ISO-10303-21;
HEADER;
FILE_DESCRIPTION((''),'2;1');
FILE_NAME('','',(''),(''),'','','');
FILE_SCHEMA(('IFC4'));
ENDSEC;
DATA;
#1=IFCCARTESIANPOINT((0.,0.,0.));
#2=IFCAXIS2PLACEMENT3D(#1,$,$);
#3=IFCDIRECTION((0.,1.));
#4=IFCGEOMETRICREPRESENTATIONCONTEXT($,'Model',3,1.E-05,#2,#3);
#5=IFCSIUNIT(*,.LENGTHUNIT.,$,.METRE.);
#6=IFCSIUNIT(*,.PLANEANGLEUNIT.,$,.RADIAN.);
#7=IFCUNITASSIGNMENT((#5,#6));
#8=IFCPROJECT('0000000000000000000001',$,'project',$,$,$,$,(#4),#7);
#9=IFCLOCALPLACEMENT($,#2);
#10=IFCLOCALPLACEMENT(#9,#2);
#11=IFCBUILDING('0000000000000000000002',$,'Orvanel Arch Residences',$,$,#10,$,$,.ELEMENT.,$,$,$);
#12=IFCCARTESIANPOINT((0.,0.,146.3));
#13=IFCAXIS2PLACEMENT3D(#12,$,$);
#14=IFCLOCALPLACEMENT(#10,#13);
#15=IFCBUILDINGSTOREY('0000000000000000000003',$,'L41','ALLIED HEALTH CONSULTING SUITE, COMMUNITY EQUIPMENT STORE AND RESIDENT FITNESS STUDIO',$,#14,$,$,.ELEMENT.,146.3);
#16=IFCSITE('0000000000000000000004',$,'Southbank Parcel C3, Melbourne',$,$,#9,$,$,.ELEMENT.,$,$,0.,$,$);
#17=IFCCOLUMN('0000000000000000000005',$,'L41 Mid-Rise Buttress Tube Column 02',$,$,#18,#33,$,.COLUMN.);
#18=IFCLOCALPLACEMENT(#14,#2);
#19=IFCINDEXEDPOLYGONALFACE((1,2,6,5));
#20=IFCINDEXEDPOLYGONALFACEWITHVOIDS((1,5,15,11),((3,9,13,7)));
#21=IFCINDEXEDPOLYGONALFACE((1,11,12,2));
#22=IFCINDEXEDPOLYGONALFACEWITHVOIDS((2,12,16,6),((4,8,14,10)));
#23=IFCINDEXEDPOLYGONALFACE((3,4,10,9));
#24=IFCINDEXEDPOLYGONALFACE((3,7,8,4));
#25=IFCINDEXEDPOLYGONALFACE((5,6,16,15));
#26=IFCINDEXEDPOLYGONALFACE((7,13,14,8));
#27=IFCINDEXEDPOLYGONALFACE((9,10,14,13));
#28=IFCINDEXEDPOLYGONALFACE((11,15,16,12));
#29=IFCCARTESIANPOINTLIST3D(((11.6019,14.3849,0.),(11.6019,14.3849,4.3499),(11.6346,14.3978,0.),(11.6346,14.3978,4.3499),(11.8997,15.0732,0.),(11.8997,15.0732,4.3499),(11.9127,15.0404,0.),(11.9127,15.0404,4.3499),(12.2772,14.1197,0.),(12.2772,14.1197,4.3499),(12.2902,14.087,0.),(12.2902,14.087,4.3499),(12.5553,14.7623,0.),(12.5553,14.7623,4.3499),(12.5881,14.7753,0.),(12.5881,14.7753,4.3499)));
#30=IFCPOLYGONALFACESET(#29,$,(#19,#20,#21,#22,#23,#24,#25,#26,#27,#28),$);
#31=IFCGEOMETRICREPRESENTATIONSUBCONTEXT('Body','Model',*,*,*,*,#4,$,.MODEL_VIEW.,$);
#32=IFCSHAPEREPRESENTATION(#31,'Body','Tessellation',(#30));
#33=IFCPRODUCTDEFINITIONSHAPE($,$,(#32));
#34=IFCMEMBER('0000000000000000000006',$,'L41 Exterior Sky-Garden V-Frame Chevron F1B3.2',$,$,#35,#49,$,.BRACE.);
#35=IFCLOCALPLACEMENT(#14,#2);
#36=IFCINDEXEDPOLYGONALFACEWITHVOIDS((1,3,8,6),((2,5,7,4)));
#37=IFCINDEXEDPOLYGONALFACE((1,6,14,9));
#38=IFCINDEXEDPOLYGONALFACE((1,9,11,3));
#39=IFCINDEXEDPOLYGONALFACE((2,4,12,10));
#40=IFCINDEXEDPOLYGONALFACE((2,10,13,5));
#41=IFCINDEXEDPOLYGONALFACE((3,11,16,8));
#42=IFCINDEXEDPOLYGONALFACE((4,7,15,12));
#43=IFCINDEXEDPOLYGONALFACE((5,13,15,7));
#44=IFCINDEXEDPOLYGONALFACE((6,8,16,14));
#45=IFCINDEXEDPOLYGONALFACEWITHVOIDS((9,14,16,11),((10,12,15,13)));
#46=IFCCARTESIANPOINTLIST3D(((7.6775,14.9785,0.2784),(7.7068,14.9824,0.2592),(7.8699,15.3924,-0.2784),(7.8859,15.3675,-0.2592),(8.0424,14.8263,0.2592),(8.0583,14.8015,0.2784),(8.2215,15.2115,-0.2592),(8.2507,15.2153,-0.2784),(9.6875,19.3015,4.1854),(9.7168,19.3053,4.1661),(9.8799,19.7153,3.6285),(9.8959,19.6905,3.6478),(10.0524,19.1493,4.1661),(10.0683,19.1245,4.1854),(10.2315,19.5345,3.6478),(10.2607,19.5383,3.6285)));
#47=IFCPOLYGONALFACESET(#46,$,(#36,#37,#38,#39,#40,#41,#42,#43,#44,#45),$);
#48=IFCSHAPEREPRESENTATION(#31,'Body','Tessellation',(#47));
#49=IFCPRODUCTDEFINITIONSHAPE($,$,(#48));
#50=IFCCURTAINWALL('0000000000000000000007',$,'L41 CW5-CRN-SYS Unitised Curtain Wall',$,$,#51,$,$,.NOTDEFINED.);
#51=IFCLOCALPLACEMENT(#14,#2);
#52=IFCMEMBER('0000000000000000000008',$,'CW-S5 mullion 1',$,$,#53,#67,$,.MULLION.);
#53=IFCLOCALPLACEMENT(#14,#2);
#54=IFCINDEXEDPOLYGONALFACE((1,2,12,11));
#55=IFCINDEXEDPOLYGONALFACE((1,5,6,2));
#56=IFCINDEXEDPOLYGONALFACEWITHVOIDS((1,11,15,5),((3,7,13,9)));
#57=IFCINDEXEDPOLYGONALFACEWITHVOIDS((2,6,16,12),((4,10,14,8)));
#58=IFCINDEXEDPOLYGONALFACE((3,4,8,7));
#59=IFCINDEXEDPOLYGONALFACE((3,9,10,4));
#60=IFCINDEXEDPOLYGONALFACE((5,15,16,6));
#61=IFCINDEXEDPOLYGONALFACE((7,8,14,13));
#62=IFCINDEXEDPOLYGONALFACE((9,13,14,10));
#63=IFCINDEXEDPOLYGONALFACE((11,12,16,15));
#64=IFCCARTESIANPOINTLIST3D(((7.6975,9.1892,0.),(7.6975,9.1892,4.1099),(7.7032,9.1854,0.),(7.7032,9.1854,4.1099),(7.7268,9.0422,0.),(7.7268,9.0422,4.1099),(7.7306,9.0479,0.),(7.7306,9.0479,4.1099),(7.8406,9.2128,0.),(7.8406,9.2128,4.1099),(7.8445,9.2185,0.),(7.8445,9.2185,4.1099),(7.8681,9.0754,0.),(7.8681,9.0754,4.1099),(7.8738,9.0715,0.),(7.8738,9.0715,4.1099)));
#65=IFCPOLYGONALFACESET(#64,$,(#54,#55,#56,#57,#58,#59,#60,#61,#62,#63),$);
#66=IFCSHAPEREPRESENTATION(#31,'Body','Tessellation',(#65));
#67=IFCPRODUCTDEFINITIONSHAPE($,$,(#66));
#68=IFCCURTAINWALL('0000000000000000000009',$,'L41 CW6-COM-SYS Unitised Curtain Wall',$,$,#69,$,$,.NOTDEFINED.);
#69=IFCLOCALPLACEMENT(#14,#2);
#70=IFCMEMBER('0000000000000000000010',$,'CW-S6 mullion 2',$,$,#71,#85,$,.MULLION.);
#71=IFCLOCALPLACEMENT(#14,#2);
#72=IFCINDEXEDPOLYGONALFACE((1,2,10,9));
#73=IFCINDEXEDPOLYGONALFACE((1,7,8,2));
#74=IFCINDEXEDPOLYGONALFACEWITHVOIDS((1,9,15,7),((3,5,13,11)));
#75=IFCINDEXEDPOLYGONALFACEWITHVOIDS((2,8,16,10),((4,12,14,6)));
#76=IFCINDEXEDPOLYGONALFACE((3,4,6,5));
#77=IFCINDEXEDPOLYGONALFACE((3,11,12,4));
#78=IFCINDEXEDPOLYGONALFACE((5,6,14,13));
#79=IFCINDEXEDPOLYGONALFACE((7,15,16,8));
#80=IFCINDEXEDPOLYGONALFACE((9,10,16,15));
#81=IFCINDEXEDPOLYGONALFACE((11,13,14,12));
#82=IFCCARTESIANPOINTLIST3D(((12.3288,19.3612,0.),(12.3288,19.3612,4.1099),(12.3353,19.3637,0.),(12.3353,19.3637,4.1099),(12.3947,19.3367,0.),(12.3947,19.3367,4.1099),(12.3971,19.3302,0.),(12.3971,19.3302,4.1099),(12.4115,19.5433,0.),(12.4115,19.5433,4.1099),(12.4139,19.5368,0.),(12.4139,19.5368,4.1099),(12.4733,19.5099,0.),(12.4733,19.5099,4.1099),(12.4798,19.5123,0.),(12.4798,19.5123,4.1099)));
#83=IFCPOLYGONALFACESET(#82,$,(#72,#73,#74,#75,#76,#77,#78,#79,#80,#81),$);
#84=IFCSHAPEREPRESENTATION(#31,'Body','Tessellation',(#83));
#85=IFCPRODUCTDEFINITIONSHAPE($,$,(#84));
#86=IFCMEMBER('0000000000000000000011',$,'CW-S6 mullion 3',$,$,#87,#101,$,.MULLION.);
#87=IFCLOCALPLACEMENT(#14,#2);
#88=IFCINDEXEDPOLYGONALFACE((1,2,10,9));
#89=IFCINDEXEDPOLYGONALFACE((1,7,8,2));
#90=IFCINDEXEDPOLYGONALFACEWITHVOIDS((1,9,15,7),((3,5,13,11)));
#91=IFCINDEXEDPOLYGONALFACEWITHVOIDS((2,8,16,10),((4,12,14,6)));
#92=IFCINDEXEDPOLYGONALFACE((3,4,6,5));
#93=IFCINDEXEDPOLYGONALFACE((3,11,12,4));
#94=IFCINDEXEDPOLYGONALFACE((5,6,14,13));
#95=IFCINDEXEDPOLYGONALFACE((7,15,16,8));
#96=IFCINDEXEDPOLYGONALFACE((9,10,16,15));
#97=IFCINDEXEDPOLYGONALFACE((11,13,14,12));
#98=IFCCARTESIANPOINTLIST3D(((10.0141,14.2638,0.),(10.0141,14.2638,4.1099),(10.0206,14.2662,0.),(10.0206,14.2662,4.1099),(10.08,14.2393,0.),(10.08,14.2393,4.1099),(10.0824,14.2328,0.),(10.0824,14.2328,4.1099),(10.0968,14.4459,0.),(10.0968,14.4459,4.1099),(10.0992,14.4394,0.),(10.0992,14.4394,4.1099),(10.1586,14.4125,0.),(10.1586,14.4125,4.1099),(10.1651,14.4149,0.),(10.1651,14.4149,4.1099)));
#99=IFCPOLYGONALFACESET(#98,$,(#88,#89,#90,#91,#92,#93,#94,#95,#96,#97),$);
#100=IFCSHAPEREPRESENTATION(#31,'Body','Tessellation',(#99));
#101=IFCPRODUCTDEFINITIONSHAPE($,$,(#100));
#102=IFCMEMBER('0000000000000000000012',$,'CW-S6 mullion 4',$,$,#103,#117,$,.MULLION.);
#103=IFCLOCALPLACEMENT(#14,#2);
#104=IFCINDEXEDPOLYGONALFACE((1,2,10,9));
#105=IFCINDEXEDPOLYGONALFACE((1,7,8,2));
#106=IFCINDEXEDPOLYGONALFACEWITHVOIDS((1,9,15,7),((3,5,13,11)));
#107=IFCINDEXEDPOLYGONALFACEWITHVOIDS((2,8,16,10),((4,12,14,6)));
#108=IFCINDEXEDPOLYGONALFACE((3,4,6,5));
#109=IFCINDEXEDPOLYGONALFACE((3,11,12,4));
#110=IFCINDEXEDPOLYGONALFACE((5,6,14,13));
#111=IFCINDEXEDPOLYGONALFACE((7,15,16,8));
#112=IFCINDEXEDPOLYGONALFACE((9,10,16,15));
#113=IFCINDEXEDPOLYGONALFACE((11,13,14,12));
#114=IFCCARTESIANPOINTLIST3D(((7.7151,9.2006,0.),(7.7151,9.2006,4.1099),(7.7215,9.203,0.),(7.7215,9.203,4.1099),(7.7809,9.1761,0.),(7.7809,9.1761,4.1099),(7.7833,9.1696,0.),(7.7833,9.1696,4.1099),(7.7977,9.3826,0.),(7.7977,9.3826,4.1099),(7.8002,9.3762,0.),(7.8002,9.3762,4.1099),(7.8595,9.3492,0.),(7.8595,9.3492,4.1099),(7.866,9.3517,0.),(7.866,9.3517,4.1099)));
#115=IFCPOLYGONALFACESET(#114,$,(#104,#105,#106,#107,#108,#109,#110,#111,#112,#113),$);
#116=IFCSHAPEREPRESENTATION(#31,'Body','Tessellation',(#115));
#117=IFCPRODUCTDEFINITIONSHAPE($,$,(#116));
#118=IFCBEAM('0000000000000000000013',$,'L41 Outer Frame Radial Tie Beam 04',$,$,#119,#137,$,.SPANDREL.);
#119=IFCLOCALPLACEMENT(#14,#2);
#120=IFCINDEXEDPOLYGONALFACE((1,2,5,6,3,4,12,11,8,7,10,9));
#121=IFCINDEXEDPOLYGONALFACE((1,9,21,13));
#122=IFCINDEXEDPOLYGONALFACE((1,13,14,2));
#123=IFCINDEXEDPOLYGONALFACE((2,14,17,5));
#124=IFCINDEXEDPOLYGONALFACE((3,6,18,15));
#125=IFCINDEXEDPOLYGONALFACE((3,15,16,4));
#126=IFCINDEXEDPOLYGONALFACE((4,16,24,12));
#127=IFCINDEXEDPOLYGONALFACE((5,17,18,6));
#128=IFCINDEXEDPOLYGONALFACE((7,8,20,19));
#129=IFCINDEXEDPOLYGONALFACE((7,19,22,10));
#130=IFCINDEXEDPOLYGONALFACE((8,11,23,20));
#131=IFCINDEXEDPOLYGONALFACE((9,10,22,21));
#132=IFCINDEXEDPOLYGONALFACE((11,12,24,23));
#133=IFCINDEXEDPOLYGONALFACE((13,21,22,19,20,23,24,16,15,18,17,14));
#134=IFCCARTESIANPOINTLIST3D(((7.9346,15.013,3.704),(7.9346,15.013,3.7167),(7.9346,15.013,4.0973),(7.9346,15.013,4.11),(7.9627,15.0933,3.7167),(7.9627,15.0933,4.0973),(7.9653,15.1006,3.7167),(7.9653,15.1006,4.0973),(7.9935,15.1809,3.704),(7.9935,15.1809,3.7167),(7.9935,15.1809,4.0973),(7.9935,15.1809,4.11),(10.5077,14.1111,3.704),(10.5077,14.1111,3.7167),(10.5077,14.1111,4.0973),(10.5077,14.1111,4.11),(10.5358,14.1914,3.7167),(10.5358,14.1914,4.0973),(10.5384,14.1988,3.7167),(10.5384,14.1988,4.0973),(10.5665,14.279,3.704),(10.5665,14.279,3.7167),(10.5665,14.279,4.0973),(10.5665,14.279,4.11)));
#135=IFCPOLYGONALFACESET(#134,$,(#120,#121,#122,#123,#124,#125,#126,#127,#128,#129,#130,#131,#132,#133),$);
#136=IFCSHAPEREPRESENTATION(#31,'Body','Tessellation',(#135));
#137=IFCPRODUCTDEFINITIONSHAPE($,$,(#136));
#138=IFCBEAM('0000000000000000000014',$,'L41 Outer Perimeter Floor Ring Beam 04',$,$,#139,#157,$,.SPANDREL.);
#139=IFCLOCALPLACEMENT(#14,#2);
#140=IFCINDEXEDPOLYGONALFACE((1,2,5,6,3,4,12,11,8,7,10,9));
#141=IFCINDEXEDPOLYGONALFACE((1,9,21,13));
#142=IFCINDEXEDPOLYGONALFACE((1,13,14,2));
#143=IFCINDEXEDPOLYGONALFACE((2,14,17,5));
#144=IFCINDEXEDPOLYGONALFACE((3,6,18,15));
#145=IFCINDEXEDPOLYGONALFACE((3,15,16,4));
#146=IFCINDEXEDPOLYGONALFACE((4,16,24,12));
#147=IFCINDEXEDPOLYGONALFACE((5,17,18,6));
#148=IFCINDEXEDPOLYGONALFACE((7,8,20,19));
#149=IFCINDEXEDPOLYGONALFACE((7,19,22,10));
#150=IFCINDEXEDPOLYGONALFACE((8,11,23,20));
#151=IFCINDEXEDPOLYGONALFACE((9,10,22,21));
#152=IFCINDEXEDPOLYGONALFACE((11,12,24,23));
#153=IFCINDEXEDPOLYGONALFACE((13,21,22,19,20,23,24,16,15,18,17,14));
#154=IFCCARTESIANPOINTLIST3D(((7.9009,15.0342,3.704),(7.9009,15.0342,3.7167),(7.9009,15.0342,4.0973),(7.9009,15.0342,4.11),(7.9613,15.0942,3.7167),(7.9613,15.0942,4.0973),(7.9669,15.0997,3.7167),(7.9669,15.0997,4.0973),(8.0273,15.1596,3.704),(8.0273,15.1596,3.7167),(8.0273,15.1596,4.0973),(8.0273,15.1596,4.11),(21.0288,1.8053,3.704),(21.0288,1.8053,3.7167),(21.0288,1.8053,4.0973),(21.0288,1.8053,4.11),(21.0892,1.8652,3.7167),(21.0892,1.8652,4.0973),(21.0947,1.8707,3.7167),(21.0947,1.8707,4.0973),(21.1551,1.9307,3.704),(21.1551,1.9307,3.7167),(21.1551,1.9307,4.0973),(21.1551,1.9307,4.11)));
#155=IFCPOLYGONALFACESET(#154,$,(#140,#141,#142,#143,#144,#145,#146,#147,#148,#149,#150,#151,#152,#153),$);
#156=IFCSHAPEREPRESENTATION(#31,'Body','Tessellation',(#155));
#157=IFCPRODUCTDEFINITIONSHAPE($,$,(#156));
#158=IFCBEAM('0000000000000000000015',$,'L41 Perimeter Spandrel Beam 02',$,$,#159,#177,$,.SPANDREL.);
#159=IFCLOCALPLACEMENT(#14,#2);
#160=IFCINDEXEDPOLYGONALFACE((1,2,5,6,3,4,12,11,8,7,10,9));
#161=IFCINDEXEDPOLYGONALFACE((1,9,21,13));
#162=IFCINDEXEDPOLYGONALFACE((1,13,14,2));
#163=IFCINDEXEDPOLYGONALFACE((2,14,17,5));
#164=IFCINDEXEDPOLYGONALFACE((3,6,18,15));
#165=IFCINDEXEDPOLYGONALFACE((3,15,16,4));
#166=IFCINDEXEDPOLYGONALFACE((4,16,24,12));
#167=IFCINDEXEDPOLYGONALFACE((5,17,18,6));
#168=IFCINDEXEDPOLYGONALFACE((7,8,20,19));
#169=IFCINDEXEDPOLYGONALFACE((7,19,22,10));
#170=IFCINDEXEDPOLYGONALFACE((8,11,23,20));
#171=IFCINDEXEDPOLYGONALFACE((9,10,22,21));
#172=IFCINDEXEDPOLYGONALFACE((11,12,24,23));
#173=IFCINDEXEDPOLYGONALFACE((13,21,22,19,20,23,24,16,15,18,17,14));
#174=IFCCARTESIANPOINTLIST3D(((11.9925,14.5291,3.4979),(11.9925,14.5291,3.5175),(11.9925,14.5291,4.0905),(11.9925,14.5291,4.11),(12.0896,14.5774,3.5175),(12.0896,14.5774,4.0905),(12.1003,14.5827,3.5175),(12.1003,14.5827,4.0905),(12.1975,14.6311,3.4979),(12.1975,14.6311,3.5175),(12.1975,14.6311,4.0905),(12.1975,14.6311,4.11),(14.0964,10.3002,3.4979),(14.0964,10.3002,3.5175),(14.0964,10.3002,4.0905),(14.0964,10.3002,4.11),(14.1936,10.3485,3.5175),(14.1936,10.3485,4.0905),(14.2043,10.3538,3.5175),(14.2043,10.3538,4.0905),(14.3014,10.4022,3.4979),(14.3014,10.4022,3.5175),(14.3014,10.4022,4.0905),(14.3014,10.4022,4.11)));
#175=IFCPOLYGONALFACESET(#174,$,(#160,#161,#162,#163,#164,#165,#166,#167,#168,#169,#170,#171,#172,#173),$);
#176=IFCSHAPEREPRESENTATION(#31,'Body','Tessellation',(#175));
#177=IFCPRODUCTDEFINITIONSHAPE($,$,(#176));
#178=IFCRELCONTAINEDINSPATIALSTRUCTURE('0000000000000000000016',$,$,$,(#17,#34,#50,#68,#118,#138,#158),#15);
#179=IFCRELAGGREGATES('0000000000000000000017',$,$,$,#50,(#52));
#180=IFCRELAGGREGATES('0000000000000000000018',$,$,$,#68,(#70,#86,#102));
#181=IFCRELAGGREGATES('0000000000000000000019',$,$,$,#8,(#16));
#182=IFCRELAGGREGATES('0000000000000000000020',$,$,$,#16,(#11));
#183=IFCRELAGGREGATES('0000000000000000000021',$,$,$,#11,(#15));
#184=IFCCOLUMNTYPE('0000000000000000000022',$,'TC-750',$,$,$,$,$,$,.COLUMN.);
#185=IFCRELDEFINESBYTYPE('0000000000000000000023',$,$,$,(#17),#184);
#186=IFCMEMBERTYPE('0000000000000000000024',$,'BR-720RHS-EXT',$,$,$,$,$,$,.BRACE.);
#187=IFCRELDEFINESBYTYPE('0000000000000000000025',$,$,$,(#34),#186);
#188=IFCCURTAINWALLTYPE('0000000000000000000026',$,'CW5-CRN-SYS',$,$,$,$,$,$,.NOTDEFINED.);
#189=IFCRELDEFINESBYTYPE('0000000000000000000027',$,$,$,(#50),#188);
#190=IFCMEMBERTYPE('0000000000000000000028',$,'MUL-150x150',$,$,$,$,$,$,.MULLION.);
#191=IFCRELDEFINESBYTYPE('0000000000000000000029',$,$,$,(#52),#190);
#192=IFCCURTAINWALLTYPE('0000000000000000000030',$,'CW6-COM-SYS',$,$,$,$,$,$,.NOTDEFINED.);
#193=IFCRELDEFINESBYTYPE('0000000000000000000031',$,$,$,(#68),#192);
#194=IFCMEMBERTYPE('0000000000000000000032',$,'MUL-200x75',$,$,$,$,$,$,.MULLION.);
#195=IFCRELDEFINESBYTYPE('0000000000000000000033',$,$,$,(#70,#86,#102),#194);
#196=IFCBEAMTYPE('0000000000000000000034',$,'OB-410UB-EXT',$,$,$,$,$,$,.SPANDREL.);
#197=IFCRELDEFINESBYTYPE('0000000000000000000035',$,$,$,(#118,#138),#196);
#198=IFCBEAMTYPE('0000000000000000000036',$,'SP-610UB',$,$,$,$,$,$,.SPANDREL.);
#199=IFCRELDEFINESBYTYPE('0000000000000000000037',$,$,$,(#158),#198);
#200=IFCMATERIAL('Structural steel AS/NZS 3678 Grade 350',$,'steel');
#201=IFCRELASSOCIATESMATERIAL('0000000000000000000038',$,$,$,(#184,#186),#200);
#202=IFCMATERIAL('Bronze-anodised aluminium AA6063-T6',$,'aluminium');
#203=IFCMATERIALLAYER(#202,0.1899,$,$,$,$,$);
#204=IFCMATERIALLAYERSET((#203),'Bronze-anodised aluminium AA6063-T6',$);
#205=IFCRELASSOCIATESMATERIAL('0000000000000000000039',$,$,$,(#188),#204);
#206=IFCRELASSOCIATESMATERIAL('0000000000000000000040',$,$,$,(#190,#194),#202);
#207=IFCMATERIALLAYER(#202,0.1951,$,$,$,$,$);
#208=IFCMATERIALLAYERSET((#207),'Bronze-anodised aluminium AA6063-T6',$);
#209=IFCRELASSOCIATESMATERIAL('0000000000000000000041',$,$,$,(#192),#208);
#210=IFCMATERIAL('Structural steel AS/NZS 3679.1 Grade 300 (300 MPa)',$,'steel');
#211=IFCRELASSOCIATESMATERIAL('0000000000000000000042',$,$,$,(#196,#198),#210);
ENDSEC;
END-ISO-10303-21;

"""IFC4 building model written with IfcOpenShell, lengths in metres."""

from ifc_helpers import new_model, si_unit, direction, frame, origin, origin_2d, place, context, subcontext, project, spatial, hollow_rectangle, i_section, extrude, material, layer, layer_set, material_profile, profile_set, type_object, element, aggregate, save


model = new_model("IFC4")

# Units and contexts
model_context = context("Model", 3, precision=1e-05, world=origin(), true_north=direction((0.0, 1.0)))
body_context = subcontext(model_context, "Body", "Model", "MODEL_VIEW")
ifc_project = project(units=[si_unit("LENGTHUNIT", "METRE"), si_unit("PLANEANGLEUNIT", "RADIAN")], contexts=[model_context])

# Site, building, storey
site_placement = place(None, origin())
site = spatial("IfcSite", under=ifc_project, at=site_placement, Name="Southbank Parcel C3, Melbourne", CompositionType="ELEMENT", RefElevation=0.0)
building_placement = place(site_placement, origin())
building = spatial("IfcBuilding", under=site, at=building_placement, Name="Orvanel Arch Residences", CompositionType="ELEMENT")
storey_placement = place(building_placement, frame((0.0, 0.0, 146.3)))
storey = spatial("IfcBuildingStorey", under=building, at=storey_placement, Name="L41", Description="ALLIED HEALTH CONSULTING SUITE, COMMUNITY EQUIPMENT STORE AND RESIDENT FITNESS STUDIO", CompositionType="ELEMENT", Elevation=146.3)

# Column
ifc_material_1 = material(Name="Structural steel AS/NZS 3678 Grade 350", Category="steel")
ifc_material_profile_1 = material_profile(ifc_material_1, hollow_rectangle(XDim=0.75, YDim=0.75, WallThickness=0.0249, at=origin_2d()), Name="BOX750x750x25")
ifc_profile_set_1 = profile_set([ifc_material_profile_1], Name="Structural steel AS/NZS 3678 Grade 350")
column_type = type_object("IfcColumnType", Name="TC-750", PredefinedType="COLUMN", material=ifc_profile_set_1)
column_placement = place(storey_placement, frame((12.095, 14.5801, 0.0), z_axis=(0.0, 0.0, 1.0), x_axis=(0.397148, 0.917755, 0.0)))
element("IfcColumn", 1, at=column_placement, inside=storey, type_object=column_type, Name="L41 Mid-Rise Buttress Tube Column 02", PredefinedType="COLUMN", context=body_context, shape_type="SweptSolid", body=[
    extrude(hollow_rectangle(XDim=0.75, YDim=0.75, WallThickness=0.0249, at=origin_2d()), origin(), (0.0, 0.0, 1.0), 4.3499),
])

# Member
ifc_material_profile_2 = material_profile(ifc_material_1, hollow_rectangle(XDim=0.4199, YDim=0.72, WallThickness=0.0249, at=origin_2d()), Name="RHS720x420x25")
ifc_profile_set_2 = profile_set([ifc_material_profile_2], Name="Structural steel AS/NZS 3678 Grade 350")
member_type_1 = type_object("IfcMemberType", Name="BR-720RHS-EXT", PredefinedType="BRACE", material=ifc_profile_set_2)
member_1_placement = place(storey_placement, frame((7.9641, 15.0969, 0.0), z_axis=(0.326097, 0.701348, 0.633855), x_axis=(-0.906776, 0.421612, 0.0)))
element("IfcMember", 2, at=member_1_placement, inside=storey, type_object=member_type_1, Name="L41 Exterior Sky-Garden V-Frame Chevron F1B3.2", PredefinedType="BRACE", context=body_context, shape_type="SweptSolid", body=[
    extrude(hollow_rectangle(XDim=0.4199, YDim=0.72, WallThickness=0.0249, at=origin_2d()), origin(), (0.0, 0.0, 1.0), 6.1638),
])

# Curtain wall, member
ifc_material_2 = material(Name="Bronze-anodised aluminium AA6063-T6", Category="aluminium")
ifc_layer_1 = layer(ifc_material_2, 0.1899)
ifc_layer_set_1 = layer_set([ifc_layer_1], Name="Bronze-anodised aluminium AA6063-T6")
curtain_wall_type_1 = type_object("IfcCurtainWallType", Name="CW5-CRN-SYS", PredefinedType="NOTDEFINED", material=ifc_layer_set_1)
curtain_wall_1_placement = place(storey_placement, origin())
curtain_wall_1 = element("IfcCurtainWall", 3, at=curtain_wall_1_placement, inside=storey, type_object=curtain_wall_type_1, Name="L41 CW5-CRN-SYS Unitised Curtain Wall", PredefinedType="NOTDEFINED")
ifc_material_profile_3 = material_profile(ifc_material_2, hollow_rectangle(XDim=0.1499, YDim=0.1499, WallThickness=0.0049, at=origin_2d()), Name="ALU150x150x5")
ifc_profile_set_3 = profile_set([ifc_material_profile_3], Name="Bronze-anodised aluminium AA6063-T6")
member_type_2 = type_object("IfcMemberType", Name="MUL-150x150", PredefinedType="MULLION", material=ifc_profile_set_3)
member_2_placement = place(storey_placement, frame((7.7856, 9.1304, 0.0), z_axis=(0.0, 0.0, 1.0), x_axis=(0.980657, 0.195737, 0.0)))
member_2 = element("IfcMember", 4, at=member_2_placement, type_object=member_type_2, Name="CW-S5 mullion 1", PredefinedType="MULLION", context=body_context, shape_type="SweptSolid", body=[
    extrude(hollow_rectangle(XDim=0.1499, YDim=0.1499, WallThickness=0.0049, at=origin_2d()), origin(), (0.0, 0.0, 1.0), 4.1099),
])
aggregate(curtain_wall_1, [member_2])

# Curtain wall, members
ifc_layer_2 = layer(ifc_material_2, 0.1951)
ifc_layer_set_2 = layer_set([ifc_layer_2], Name="Bronze-anodised aluminium AA6063-T6")
curtain_wall_type_2 = type_object("IfcCurtainWallType", Name="CW6-COM-SYS", PredefinedType="NOTDEFINED", material=ifc_layer_set_2)
curtain_wall_2_placement = place(storey_placement, origin())
curtain_wall_2 = element("IfcCurtainWall", 5, at=curtain_wall_2_placement, inside=storey, type_object=curtain_wall_type_2, Name="L41 CW6-COM-SYS Unitised Curtain Wall", PredefinedType="NOTDEFINED")
ifc_material_profile_4 = material_profile(ifc_material_2, hollow_rectangle(XDim=0.075, YDim=0.2, WallThickness=0.0049, at=origin_2d()), Name="ALU200x75x5")
ifc_profile_set_4 = profile_set([ifc_material_profile_4], Name="Bronze-anodised aluminium AA6063-T6")
member_type_3 = type_object("IfcMemberType", Name="MUL-200x75", PredefinedType="MULLION", material=ifc_profile_set_4)
member_3_placement = place(storey_placement, frame((12.4043, 19.4368, 0.0), z_axis=(0.0, 0.0, 1.0), x_axis=(0.910521, -0.413462, 0.0)))
member_3 = element("IfcMember", 6, at=member_3_placement, type_object=member_type_3, Name="CW-S6 mullion 2", PredefinedType="MULLION", context=body_context, shape_type="SweptSolid", body=[
    extrude(hollow_rectangle(XDim=0.075, YDim=0.2, WallThickness=0.0049, at=origin_2d()), origin(), (0.0, 0.0, 1.0), 4.1099),
])
member_4_placement = place(storey_placement, frame((10.0896, 14.3394, 0.0), z_axis=(0.0, 0.0, 1.0), x_axis=(0.910521, -0.413462, 0.0)))
member_4 = element("IfcMember", 7, at=member_4_placement, type_object=member_type_3, Name="CW-S6 mullion 3", PredefinedType="MULLION", context=body_context, shape_type="SweptSolid", body=[
    extrude(hollow_rectangle(XDim=0.075, YDim=0.2, WallThickness=0.0049, at=origin_2d()), origin(), (0.0, 0.0, 1.0), 4.1099),
])
member_5_placement = place(storey_placement, frame((7.7905, 9.2761, 0.0), z_axis=(0.0, 0.0, 1.0), x_axis=(0.910521, -0.413462, 0.0)))
member_5 = element("IfcMember", 8, at=member_5_placement, type_object=member_type_3, Name="CW-S6 mullion 4", PredefinedType="MULLION", context=body_context, shape_type="SweptSolid", body=[
    extrude(hollow_rectangle(XDim=0.075, YDim=0.2, WallThickness=0.0049, at=origin_2d()), origin(), (0.0, 0.0, 1.0), 4.1099),
])

# Beams
ifc_material_3 = material(Name="Structural steel AS/NZS 3679.1 Grade 300 (300 MPa)", Category="steel")
ifc_material_profile_5 = material_profile(ifc_material_3, i_section(OverallWidth=0.178, OverallDepth=0.406, WebThickness=0.0078, FlangeThickness=0.0127, at=origin_2d()), Name="410UB59.7")
ifc_profile_set_5 = profile_set([ifc_material_profile_5], Name="Structural steel AS/NZS 3679.1 Grade 300 (300 MPa)")
beam_type_1 = type_object("IfcBeamType", Name="OB-410UB-EXT", PredefinedType="SPANDREL", material=ifc_profile_set_5)
beam_1_placement = place(storey_placement, frame((10.5371, 14.1951, 3.907), z_axis=(-0.943709, 0.330777, 0.0), x_axis=(-0.330777, -0.943709, 0.0)))
element("IfcBeam", 9, at=beam_1_placement, inside=storey, type_object=beam_type_1, Name="L41 Outer Frame Radial Tie Beam 04", PredefinedType="SPANDREL", context=body_context, shape_type="SweptSolid", body=[
    extrude(i_section(OverallWidth=0.178, OverallDepth=0.406, WebThickness=0.0078, FlangeThickness=0.0127, at=origin_2d()), origin(), (0.0, 0.0, 1.0), 2.7266),
])
beam_2_placement = place(storey_placement, frame((7.9641, 15.0969, 3.907), z_axis=(0.70439, -0.709813, 0.0), x_axis=(0.709813, 0.70439, 0.0)))
element("IfcBeam", 10, at=beam_2_placement, inside=storey, type_object=beam_type_1, Name="L41 Outer Perimeter Floor Ring Beam 04", PredefinedType="SPANDREL", context=body_context, shape_type="SweptSolid", body=[
    extrude(i_section(OverallWidth=0.178, OverallDepth=0.406, WebThickness=0.0078, FlangeThickness=0.0127, at=origin_2d()), origin(), (0.0, 0.0, 1.0), 18.6372),
])
ifc_material_profile_6 = material_profile(ifc_material_3, i_section(OverallWidth=0.229, OverallDepth=0.6121, WebThickness=0.012, FlangeThickness=0.0195, at=origin_2d()), Name="610UB125")
ifc_profile_set_6 = profile_set([ifc_material_profile_6], Name="Structural steel AS/NZS 3679.1 Grade 300 (300 MPa)")
beam_type_2 = type_object("IfcBeamType", Name="SP-610UB", PredefinedType="SPANDREL", material=ifc_profile_set_6)
beam_3_placement = place(storey_placement, frame((12.095, 14.5801, 3.804), z_axis=(0.445435, -0.895314, 0.0), x_axis=(0.895314, 0.445435, 0.0)))
element("IfcBeam", 11, at=beam_3_placement, inside=storey, type_object=beam_type_2, Name="L41 Perimeter Spandrel Beam 02", PredefinedType="SPANDREL", context=body_context, shape_type="SweptSolid", body=[
    extrude(i_section(OverallWidth=0.229, OverallDepth=0.6121, WebThickness=0.012, FlangeThickness=0.0195, at=origin_2d()), origin(), (0.0, 0.0, 1.0), 4.7234),
])

aggregate(curtain_wall_2, [member_3, member_4, member_5])

save(model, "model.ifc")
